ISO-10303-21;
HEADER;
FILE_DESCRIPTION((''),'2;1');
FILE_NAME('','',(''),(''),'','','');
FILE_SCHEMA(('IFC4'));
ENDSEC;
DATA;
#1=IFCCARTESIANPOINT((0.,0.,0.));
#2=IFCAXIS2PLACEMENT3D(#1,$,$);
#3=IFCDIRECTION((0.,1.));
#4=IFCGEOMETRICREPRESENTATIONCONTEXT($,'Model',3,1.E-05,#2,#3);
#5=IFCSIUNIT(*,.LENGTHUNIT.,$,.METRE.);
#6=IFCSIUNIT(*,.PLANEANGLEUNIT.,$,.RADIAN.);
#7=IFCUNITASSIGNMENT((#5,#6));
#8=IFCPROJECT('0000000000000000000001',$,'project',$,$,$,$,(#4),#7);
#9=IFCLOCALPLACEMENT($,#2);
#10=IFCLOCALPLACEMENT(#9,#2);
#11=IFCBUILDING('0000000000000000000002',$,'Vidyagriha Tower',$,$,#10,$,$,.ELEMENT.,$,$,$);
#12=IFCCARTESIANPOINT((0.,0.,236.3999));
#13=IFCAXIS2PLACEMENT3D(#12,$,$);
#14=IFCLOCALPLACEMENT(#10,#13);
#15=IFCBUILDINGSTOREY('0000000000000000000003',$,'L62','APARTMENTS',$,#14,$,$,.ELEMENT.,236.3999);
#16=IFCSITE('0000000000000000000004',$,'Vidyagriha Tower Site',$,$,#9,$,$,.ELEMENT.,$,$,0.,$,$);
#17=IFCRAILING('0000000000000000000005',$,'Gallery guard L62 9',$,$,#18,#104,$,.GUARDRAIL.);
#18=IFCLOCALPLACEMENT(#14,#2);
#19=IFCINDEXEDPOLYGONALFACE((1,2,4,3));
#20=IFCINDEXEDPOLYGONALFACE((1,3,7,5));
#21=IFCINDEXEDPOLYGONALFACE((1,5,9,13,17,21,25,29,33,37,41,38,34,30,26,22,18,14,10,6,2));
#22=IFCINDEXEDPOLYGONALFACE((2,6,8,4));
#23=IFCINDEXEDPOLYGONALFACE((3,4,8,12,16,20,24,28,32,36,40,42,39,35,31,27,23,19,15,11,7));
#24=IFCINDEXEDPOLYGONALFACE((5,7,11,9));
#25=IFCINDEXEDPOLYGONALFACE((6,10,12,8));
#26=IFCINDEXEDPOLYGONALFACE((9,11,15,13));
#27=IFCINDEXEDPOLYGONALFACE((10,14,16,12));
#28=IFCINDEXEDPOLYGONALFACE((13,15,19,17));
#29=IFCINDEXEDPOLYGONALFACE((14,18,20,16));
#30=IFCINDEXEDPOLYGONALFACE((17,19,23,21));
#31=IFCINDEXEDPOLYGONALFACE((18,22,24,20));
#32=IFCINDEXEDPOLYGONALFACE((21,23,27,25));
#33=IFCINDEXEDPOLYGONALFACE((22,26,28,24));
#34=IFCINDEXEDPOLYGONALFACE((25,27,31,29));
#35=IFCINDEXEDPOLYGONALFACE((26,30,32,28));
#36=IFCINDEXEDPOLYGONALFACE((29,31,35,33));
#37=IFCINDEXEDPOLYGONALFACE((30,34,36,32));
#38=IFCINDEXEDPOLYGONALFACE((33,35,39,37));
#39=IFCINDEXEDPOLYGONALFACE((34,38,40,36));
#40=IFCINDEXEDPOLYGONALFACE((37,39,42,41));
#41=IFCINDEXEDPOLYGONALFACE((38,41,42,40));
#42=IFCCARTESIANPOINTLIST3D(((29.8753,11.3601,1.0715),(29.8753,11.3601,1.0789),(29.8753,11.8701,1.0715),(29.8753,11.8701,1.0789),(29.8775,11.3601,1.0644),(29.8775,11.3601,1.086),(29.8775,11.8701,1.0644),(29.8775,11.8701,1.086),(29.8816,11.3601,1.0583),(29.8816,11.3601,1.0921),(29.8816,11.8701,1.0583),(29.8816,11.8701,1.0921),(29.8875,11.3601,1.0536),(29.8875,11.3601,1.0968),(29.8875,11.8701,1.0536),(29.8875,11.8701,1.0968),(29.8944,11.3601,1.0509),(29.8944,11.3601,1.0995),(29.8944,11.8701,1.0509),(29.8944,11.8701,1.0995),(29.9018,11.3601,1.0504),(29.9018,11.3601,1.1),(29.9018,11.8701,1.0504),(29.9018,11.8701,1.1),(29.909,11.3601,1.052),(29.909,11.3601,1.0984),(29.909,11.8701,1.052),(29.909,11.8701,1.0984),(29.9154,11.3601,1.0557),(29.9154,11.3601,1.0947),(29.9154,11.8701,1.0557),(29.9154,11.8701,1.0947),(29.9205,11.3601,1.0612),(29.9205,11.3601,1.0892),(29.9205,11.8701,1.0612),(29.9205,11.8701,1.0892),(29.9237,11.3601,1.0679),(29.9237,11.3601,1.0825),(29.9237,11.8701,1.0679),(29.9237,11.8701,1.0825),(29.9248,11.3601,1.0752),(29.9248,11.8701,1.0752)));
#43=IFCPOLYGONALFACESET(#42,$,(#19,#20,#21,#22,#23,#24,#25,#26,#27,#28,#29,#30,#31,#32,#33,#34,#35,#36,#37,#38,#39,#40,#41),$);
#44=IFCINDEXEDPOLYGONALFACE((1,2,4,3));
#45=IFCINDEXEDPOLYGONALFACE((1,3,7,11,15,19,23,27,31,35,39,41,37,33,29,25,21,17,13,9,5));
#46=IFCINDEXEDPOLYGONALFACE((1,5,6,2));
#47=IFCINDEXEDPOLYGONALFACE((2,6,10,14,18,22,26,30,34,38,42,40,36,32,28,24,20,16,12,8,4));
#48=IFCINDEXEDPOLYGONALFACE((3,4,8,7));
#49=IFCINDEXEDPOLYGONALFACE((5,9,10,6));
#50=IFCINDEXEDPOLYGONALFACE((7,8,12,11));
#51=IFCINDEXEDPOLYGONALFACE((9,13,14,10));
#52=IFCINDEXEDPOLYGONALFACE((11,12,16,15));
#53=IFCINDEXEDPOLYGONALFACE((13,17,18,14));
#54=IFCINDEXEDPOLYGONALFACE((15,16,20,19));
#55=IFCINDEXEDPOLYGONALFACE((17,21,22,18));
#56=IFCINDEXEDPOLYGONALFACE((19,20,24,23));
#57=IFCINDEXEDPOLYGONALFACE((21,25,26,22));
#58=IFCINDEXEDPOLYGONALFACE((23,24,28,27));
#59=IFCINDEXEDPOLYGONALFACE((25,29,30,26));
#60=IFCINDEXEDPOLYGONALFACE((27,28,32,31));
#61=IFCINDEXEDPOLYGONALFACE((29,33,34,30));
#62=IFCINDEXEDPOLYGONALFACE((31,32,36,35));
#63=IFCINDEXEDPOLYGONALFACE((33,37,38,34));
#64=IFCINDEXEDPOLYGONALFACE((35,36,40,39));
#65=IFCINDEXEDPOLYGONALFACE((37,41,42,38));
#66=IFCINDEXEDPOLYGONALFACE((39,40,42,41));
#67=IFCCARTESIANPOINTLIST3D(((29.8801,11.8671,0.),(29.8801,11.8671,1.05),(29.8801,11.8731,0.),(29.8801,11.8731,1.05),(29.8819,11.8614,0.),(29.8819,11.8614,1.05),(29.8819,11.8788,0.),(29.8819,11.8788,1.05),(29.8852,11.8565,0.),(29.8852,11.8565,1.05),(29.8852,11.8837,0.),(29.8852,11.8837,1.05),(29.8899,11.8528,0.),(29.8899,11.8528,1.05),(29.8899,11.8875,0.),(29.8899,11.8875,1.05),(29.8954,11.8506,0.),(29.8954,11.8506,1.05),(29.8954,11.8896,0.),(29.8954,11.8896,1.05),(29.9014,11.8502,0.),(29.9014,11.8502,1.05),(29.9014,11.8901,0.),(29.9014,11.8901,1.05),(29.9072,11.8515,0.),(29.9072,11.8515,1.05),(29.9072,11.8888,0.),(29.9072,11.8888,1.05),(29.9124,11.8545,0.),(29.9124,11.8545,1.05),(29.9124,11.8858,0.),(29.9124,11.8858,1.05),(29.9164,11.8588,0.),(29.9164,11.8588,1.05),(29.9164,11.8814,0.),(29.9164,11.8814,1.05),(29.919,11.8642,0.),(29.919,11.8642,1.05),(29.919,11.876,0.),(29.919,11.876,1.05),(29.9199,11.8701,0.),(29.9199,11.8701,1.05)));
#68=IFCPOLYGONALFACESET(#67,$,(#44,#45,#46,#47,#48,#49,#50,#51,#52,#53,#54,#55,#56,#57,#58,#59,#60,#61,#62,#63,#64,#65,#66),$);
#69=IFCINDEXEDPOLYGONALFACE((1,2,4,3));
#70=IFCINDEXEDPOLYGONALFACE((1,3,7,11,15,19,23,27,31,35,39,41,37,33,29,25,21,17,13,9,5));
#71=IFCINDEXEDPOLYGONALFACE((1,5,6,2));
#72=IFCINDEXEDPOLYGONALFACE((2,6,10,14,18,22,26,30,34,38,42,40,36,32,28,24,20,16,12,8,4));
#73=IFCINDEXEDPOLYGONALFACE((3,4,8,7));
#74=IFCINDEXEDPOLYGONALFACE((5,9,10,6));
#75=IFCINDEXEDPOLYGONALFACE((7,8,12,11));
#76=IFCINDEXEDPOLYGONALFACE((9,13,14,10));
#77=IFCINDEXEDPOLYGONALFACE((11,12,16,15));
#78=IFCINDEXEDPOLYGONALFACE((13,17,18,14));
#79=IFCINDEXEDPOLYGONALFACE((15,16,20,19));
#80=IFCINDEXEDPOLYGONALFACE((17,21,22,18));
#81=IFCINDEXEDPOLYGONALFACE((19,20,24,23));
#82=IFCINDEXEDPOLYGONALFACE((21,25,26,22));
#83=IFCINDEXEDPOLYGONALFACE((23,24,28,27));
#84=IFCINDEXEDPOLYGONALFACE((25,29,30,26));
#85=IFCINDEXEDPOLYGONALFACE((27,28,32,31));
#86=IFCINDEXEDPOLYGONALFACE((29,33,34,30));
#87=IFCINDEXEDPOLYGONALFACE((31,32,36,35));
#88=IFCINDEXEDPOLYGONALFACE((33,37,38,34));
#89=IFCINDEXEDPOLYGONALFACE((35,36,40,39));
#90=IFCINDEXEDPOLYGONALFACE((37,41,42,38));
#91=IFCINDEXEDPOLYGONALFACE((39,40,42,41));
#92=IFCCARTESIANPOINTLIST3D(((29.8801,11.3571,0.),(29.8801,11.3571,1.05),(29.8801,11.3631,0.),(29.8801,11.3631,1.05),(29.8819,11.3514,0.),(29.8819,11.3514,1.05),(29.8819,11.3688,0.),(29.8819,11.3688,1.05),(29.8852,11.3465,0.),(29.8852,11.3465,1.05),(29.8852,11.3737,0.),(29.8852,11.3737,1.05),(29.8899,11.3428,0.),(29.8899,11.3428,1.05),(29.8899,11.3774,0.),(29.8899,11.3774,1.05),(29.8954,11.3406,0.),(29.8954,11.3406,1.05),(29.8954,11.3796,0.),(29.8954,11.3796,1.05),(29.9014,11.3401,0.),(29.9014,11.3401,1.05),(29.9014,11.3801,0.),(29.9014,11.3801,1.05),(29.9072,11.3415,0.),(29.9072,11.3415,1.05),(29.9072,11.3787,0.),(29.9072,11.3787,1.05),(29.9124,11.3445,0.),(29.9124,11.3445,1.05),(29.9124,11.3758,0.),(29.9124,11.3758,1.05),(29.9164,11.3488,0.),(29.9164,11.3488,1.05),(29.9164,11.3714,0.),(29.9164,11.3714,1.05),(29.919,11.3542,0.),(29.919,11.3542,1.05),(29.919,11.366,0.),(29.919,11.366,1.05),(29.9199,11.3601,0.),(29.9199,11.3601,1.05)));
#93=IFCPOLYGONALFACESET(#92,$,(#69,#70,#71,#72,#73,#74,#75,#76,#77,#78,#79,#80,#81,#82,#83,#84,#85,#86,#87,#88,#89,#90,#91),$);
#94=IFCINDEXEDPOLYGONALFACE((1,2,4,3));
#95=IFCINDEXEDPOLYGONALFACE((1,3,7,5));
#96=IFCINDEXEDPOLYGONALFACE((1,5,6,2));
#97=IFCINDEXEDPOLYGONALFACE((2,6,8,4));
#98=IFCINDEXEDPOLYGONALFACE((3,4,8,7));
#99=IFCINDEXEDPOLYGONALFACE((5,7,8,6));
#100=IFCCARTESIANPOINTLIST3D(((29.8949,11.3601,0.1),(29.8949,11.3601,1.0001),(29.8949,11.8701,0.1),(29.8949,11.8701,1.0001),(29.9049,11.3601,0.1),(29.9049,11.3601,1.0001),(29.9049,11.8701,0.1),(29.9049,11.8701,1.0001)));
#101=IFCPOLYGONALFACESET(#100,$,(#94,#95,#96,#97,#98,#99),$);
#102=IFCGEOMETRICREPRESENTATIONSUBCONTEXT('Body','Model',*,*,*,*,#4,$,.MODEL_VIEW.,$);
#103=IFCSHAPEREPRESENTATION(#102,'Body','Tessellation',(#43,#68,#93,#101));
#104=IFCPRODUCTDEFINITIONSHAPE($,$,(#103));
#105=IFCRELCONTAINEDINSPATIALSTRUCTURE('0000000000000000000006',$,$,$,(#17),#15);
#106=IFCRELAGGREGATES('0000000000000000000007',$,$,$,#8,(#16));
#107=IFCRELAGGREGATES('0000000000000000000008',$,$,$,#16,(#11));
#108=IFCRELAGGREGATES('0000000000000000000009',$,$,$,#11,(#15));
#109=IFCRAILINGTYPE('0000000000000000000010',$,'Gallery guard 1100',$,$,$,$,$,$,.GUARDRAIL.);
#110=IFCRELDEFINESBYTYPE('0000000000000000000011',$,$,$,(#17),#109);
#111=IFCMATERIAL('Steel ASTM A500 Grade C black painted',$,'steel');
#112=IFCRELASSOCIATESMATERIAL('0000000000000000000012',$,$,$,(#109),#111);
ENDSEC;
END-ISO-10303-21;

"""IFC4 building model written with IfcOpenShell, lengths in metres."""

from ifc_helpers import new_model, si_unit, direction, frame, origin, origin_2d, place, context, subcontext, project, spatial, rectangle, circle, extrude, material, type_object, element, save


model = new_model("IFC4")

# Units and contexts
model_context = context("Model", 3, precision=1e-05, world=origin(), true_north=direction((0.0, 1.0)))
body_context = subcontext(model_context, "Body", "Model", "MODEL_VIEW")
ifc_project = project(units=[si_unit("LENGTHUNIT", "METRE"), si_unit("PLANEANGLEUNIT", "RADIAN")], contexts=[model_context])

# Site, building, storey
site_placement = place(None, origin())
site = spatial("IfcSite", under=ifc_project, at=site_placement, Name="Vidyagriha Tower Site", CompositionType="ELEMENT", RefElevation=0.0)
building_placement = place(site_placement, origin())
building = spatial("IfcBuilding", under=site, at=building_placement, Name="Vidyagriha Tower", CompositionType="ELEMENT")
storey_placement = place(building_placement, frame((0.0, 0.0, 236.3999)))
storey = spatial("IfcBuildingStorey", under=building, at=storey_placement, Name="L62", Description="APARTMENTS", CompositionType="ELEMENT", Elevation=236.3999)

# Railing
ifc_material_1 = material(Name="Steel ASTM A500 Grade C black painted", Category="steel")
railing_type = type_object("IfcRailingType", Name="Gallery guard 1100", PredefinedType="GUARDRAIL", material=ifc_material_1)
railing_1_placement = place(storey_placement, frame((29.8999, 11.8701, 0.0)))
element("IfcRailing", 1, at=railing_1_placement, inside=storey, type_object=railing_type, Name="Gallery guard L62 9", PredefinedType="GUARDRAIL", context=body_context, shape_type="SweptSolid", body=[
    extrude(circle(Radius=0.0249, at=origin_2d()), frame((0.0, 0.0, 1.0752), z_axis=(0.0, -1.0, 0.0), x_axis=(1.0, 0.0, 0.0)), (0.0, 0.0, 1.0), 0.51),
    extrude(circle(Radius=0.02, at=origin_2d()), origin(), (0.0, 0.0, 1.0), 1.05),
    extrude(circle(Radius=0.02, at=origin_2d()), frame((0.0, -0.51, 0.0)), (0.0, 0.0, 1.0), 1.05),
    extrude(rectangle(XDim=0.01, YDim=0.9001, at=origin_2d()), frame((0.0, 0.0, 0.55), z_axis=(0.0, -1.0, 0.0), x_axis=(1.0, 0.0, 0.0)), (0.0, 0.0, 1.0), 0.51),
])

save(model, "model.ifc")
